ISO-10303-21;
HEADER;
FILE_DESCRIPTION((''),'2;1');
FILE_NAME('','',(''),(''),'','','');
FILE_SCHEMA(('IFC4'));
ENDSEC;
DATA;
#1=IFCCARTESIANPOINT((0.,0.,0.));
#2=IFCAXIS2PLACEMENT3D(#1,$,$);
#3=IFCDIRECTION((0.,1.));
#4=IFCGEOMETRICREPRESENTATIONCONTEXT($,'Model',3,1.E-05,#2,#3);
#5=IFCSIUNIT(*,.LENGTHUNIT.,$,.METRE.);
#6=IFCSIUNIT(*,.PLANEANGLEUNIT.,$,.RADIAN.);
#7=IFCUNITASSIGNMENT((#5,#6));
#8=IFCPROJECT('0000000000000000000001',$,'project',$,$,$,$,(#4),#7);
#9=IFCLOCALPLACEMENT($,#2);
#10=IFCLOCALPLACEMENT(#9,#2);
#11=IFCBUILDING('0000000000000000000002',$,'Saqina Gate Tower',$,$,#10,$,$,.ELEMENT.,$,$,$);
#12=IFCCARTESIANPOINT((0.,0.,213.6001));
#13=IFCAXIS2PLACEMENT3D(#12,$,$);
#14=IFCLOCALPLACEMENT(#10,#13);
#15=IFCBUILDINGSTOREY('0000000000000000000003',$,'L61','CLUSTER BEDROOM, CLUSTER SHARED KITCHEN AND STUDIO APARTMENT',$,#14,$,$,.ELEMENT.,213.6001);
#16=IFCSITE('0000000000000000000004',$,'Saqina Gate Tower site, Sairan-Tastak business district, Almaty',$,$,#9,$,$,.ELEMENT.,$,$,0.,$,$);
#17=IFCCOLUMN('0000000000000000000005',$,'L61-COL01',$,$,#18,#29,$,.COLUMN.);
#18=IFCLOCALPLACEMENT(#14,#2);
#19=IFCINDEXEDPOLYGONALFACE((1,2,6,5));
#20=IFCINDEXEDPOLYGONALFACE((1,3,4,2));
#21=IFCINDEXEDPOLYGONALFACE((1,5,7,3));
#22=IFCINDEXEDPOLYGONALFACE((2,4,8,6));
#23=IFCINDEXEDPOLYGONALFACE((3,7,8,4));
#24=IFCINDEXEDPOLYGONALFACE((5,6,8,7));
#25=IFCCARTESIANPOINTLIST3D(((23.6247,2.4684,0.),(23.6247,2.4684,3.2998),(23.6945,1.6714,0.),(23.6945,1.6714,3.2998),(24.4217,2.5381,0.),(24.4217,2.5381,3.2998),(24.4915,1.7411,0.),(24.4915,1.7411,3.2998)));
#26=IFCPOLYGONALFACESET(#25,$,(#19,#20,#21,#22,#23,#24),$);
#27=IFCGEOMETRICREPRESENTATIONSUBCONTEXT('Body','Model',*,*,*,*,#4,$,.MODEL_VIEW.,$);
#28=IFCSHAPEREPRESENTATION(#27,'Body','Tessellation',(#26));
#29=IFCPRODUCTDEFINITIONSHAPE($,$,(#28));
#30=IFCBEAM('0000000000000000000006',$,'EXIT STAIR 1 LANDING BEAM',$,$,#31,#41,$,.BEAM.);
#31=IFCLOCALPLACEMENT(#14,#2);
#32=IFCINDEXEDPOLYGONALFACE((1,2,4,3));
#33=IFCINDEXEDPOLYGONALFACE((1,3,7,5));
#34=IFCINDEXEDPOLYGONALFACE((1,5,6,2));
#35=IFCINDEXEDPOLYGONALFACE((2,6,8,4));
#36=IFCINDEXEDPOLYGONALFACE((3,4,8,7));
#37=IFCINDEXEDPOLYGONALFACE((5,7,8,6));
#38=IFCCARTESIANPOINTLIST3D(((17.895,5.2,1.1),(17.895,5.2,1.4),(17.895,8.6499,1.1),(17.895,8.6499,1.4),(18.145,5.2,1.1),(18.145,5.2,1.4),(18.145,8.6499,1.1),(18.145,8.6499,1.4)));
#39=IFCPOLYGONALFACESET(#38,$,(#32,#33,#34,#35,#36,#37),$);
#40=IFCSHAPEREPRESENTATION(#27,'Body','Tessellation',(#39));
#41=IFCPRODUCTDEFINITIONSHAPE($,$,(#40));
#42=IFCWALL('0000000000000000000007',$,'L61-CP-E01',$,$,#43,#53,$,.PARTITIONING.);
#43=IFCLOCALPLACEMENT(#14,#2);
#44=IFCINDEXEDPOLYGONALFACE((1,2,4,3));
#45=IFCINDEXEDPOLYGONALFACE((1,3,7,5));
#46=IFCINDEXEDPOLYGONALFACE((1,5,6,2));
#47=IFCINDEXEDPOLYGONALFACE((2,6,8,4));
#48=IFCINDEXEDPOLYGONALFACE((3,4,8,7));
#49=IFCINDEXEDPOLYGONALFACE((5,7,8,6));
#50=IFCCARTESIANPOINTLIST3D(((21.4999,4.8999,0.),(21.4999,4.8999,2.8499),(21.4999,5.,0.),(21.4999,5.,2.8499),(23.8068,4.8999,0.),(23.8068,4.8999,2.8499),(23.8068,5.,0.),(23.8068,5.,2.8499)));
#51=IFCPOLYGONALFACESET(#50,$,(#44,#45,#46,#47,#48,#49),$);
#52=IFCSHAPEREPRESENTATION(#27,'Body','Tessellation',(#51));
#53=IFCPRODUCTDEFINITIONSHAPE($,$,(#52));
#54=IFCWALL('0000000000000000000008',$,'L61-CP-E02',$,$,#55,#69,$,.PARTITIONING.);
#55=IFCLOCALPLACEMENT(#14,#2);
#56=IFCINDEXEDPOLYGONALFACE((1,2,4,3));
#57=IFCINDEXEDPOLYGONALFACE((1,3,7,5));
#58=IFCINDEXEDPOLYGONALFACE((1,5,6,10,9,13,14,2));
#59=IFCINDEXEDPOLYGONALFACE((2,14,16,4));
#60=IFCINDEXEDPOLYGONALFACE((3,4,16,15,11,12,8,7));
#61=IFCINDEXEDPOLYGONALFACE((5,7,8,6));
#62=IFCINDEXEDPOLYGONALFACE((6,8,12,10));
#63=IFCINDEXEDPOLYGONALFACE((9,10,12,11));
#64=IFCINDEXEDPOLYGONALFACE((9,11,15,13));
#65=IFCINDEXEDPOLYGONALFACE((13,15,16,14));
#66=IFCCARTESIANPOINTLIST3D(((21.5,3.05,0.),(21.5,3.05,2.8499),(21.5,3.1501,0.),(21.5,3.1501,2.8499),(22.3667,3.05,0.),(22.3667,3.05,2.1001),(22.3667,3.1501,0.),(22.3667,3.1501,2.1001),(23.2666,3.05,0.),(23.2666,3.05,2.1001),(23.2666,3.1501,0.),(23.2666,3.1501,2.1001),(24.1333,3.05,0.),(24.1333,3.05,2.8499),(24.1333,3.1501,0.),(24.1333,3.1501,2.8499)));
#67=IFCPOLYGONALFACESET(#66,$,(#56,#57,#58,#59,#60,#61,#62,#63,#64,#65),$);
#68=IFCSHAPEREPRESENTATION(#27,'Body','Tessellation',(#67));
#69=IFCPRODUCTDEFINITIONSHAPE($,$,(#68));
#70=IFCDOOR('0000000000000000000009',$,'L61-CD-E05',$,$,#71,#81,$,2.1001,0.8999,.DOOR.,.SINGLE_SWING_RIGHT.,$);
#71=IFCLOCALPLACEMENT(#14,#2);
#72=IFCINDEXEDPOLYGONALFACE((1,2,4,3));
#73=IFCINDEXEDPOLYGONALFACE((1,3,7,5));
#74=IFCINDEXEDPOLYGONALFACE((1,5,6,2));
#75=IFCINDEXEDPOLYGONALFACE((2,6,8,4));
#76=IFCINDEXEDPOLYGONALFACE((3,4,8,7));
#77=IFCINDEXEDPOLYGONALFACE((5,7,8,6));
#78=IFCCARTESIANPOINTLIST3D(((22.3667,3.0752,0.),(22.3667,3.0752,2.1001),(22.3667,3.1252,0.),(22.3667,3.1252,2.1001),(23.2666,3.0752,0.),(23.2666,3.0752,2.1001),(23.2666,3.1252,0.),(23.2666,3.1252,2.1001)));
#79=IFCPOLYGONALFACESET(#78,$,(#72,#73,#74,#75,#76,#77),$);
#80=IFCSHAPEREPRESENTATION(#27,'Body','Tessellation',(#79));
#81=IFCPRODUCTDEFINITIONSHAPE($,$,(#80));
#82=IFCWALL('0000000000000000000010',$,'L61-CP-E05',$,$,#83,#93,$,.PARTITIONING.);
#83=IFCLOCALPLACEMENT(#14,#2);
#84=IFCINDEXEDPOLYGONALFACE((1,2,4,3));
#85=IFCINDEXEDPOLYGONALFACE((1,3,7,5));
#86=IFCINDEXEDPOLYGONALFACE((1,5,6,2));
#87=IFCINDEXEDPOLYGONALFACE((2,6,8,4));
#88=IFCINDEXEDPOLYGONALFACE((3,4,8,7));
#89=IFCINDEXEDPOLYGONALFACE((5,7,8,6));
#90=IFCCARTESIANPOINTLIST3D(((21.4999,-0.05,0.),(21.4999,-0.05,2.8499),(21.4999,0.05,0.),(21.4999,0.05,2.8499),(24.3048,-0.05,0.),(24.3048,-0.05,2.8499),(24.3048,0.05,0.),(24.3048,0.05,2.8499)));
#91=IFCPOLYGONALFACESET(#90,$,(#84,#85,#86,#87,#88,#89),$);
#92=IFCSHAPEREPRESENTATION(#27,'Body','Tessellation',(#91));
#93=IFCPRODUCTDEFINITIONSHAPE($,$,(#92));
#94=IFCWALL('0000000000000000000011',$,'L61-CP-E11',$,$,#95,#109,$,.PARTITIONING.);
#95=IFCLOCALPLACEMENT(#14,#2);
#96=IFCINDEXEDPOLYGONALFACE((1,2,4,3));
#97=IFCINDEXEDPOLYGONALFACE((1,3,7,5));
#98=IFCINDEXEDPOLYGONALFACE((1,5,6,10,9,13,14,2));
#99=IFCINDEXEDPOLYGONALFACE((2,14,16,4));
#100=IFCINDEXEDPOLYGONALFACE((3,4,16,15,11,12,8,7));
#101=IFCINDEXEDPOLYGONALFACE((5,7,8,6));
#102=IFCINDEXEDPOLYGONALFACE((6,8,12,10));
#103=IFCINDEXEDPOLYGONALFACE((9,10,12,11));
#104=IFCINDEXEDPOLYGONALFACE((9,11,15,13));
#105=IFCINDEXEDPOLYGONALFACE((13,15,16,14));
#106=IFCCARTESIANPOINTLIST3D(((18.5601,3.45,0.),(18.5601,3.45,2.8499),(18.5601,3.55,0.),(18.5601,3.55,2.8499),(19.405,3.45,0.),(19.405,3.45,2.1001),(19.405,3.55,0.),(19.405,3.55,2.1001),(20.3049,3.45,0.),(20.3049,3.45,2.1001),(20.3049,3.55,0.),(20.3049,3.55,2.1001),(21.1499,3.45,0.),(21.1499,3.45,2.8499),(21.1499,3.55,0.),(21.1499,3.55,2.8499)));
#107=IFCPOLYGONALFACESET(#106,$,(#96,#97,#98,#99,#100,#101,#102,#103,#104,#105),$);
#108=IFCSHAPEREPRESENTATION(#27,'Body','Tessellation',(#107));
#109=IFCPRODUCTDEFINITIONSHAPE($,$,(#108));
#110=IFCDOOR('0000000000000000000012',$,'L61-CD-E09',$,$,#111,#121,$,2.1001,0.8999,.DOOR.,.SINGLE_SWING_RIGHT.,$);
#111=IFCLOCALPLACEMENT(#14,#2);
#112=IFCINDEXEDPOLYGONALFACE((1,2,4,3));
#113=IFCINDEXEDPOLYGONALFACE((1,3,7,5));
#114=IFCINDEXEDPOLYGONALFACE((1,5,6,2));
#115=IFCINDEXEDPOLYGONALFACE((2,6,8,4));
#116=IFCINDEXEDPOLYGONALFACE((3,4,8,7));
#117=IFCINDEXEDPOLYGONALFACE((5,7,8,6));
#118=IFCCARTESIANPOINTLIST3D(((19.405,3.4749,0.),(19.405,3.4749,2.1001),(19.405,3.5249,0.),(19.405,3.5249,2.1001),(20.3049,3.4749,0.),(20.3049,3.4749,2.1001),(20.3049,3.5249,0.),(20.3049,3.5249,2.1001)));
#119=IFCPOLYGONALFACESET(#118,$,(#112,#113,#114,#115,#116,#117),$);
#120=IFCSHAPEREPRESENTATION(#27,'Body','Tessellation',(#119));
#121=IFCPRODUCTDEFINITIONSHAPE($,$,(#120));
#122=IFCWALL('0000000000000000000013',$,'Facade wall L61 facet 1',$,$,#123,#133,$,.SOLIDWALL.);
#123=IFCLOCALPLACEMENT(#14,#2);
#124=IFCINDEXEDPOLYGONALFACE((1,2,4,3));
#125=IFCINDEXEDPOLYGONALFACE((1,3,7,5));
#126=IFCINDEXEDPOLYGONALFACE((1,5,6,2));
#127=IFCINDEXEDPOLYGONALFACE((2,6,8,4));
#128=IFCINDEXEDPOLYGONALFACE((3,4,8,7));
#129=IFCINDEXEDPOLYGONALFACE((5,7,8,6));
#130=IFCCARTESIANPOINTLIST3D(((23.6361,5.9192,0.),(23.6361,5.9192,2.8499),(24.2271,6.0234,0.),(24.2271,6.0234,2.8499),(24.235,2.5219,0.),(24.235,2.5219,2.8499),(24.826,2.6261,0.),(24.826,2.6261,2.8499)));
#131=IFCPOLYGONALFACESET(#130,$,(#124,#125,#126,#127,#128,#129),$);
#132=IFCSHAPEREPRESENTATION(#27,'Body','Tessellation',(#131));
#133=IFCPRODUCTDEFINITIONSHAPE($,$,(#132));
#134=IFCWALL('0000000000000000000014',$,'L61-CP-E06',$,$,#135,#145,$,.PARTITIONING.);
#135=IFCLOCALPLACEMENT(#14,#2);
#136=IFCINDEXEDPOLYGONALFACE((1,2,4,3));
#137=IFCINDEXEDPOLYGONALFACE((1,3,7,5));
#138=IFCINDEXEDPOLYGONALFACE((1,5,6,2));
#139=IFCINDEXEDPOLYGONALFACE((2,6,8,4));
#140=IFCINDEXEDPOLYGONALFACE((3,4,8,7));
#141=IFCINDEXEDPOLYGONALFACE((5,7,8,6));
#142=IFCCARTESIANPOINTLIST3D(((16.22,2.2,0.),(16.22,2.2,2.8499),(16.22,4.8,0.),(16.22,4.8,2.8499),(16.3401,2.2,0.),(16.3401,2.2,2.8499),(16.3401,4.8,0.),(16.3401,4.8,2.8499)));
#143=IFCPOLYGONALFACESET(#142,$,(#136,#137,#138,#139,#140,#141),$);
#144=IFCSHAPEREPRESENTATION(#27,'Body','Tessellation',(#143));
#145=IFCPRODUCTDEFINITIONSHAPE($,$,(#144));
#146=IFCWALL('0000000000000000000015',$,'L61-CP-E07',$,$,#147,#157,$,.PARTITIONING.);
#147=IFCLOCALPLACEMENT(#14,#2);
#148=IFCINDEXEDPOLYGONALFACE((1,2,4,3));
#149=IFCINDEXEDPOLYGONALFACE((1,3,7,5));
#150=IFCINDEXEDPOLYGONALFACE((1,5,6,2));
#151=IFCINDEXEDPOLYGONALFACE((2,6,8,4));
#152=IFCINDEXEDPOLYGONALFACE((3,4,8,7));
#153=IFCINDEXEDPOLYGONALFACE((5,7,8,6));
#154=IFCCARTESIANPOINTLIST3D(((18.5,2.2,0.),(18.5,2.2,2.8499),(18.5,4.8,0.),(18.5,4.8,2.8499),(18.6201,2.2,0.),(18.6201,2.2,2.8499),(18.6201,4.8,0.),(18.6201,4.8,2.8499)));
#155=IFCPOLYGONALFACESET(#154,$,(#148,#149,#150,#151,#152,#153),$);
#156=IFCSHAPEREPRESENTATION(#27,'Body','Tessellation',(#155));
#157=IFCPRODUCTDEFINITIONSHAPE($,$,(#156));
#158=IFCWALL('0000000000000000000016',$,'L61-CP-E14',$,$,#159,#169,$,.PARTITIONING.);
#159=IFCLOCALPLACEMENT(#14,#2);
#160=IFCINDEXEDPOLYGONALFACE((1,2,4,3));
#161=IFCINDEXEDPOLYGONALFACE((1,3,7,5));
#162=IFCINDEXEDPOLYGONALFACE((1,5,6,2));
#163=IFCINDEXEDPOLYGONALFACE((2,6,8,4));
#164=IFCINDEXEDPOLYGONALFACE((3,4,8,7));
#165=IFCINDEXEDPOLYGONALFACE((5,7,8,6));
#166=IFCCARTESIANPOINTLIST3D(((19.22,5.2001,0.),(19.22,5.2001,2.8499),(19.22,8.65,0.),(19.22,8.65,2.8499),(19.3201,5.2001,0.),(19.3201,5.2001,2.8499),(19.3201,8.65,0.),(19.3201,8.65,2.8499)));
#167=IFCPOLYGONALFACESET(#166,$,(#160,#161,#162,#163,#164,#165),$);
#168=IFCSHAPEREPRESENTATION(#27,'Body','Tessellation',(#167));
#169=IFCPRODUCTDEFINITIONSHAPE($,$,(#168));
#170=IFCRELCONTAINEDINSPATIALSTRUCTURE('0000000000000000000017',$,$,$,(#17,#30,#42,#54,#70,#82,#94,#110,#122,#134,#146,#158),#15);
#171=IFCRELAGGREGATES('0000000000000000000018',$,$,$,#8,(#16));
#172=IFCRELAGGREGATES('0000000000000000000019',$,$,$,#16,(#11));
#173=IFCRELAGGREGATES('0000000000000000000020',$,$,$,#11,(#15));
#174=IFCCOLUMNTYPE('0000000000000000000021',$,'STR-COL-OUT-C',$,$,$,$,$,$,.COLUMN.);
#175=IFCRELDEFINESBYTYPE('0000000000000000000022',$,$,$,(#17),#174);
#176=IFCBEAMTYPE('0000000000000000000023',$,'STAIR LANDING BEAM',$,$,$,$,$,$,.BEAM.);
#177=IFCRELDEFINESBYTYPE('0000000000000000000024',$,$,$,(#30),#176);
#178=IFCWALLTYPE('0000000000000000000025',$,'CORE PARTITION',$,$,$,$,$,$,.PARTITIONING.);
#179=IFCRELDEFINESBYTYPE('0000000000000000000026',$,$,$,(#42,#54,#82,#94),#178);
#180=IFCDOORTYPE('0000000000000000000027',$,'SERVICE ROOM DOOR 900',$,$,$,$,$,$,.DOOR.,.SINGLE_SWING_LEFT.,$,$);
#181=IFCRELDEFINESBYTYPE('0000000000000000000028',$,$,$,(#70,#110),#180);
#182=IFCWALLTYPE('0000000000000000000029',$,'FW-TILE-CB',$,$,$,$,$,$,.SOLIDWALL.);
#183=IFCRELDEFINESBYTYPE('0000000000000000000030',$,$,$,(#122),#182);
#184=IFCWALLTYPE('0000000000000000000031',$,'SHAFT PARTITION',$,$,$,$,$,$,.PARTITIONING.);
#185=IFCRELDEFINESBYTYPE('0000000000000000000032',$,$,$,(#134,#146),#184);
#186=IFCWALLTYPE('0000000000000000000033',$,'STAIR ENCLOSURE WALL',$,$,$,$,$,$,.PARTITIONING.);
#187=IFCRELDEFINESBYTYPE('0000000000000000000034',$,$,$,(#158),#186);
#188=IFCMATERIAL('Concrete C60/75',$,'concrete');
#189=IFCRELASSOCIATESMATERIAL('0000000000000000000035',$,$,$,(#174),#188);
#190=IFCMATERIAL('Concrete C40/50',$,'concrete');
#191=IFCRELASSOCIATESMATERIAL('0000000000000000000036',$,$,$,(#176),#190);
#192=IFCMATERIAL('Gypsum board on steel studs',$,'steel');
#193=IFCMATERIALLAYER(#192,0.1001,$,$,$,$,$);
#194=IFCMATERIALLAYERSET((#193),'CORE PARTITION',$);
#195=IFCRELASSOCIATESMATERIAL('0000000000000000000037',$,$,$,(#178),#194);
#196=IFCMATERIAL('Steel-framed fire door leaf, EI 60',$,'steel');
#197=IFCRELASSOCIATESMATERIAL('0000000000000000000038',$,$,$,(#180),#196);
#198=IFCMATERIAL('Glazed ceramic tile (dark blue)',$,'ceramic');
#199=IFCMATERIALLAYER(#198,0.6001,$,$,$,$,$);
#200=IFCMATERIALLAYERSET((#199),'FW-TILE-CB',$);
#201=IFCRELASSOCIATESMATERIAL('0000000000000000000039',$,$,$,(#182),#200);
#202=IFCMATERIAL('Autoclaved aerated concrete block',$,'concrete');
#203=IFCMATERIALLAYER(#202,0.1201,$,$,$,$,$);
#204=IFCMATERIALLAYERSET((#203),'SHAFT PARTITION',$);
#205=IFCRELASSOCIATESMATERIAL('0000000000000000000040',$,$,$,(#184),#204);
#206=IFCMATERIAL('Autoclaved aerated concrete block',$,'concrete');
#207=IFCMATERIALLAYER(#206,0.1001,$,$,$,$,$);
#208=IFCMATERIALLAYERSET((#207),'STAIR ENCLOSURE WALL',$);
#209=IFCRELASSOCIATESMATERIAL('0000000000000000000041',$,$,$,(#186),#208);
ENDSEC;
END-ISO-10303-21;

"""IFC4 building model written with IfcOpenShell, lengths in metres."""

from ifc_helpers import new_model, si_unit, direction, frame, frame_2d, origin, origin_2d, place, context, subcontext, project, spatial, rectangle, extrude, material, layer, layer_set, material_profile, profile_set, type_object, element, fill, save


model = new_model("IFC4")

# Units and contexts
model_context = context("Model", 3, precision=1e-05, world=origin(), true_north=direction((0.0, 1.0)))
body_context = subcontext(model_context, "Body", "Model", "MODEL_VIEW")
ifc_project = project(units=[si_unit("LENGTHUNIT", "METRE"), si_unit("PLANEANGLEUNIT", "RADIAN")], contexts=[model_context])

# Site, building, storey
site_placement = place(None, origin())
site = spatial("IfcSite", under=ifc_project, at=site_placement, Name="Saqina Gate Tower site, Sairan-Tastak business district, Almaty", CompositionType="ELEMENT", RefElevation=0.0)
building_placement = place(site_placement, origin())
building = spatial("IfcBuilding", under=site, at=building_placement, Name="Saqina Gate Tower", CompositionType="ELEMENT")
storey_placement = place(building_placement, frame((0.0, 0.0, 213.6001)))
storey = spatial("IfcBuildingStorey", under=building, at=storey_placement, Name="L61", Description="CLUSTER BEDROOM, CLUSTER SHARED KITCHEN AND STUDIO APARTMENT", CompositionType="ELEMENT", Elevation=213.6001)

# Column
ifc_material_1 = material(Name="Concrete C60/75", Category="concrete")
ifc_material_profile_1 = material_profile(ifc_material_1, rectangle(XDim=0.8, YDim=0.8, at=origin_2d()), Name="RC 800x800")
ifc_profile_set_1 = profile_set([ifc_material_profile_1], Name="Concrete C60/75")
column_type = type_object("IfcColumnType", Name="STR-COL-OUT-C", PredefinedType="COLUMN", material=ifc_profile_set_1)
column_placement = place(storey_placement, frame((24.0581, 2.1047, 0.0), z_axis=(0.0, 0.0, 1.0), x_axis=(0.996195, 0.087156, 0.0)))
element("IfcColumn", 1, at=column_placement, inside=storey, type_object=column_type, Name="L61-COL01", PredefinedType="COLUMN", context=body_context, shape_type="SweptSolid", body=[
    extrude(rectangle(XDim=0.8, YDim=0.8, at=origin_2d()), origin(), (0.0, 0.0, 1.0), 3.2998),
])

# Beam
ifc_material_2 = material(Name="Concrete C40/50", Category="concrete")
ifc_material_profile_2 = material_profile(ifc_material_2, rectangle(XDim=0.25, YDim=0.3, at=origin_2d()), Name="STAIR LANDING BEAM")
ifc_profile_set_2 = profile_set([ifc_material_profile_2], Name="Concrete C40/50")
beam_type = type_object("IfcBeamType", Name="STAIR LANDING BEAM", PredefinedType="BEAM", material=ifc_profile_set_2)
beam_placement = place(storey_placement, frame((18.02, 5.2, 1.25), z_axis=(0.0, 1.0, 0.0), x_axis=(-1.0, 0.0, 0.0)))
element("IfcBeam", 2, at=beam_placement, inside=storey, type_object=beam_type, Name="EXIT STAIR 1 LANDING BEAM", PredefinedType="BEAM", context=body_context, shape_type="SweptSolid", body=[
    extrude(rectangle(XDim=0.25, YDim=0.3, at=origin_2d()), origin(), (0.0, 0.0, 1.0), 3.45),
])

# Wall
ifc_material_3 = material(Name="Gypsum board on steel studs", Category="steel")
ifc_layer_1 = layer(ifc_material_3, 0.1001)
ifc_layer_set_1 = layer_set([ifc_layer_1], Name="CORE PARTITION")
wall_type_1 = type_object("IfcWallType", Name="CORE PARTITION", PredefinedType="PARTITIONING", material=ifc_layer_set_1)
wall_1_placement = place(storey_placement, frame((21.5, 4.95, 0.0), z_axis=(0.0, 0.0, 1.0), x_axis=(1.0, 0.0, 0.0)))
element("IfcWall", 3, at=wall_1_placement, inside=storey, type_object=wall_type_1, Name="L61-CP-E01", PredefinedType="PARTITIONING", context=body_context, shape_type="SweptSolid", body=[
    extrude(rectangle(XDim=2.3069, YDim=0.1001, at=frame_2d((1.1533, 0.0))), origin(), (0.0, 0.0, 1.0), 2.8499),
])

# Wall, opening, door
wall_2_placement = place(storey_placement, frame((21.5, 3.1001, 0.0), z_axis=(0.0, 0.0, 1.0), x_axis=(1.0, 0.0, 0.0)))
wall_2 = element("IfcWall", 4, at=wall_2_placement, inside=storey, type_object=wall_type_1, Name="L61-CP-E02", PredefinedType="PARTITIONING", context=body_context, shape_type="SweptSolid", body=[
    extrude(rectangle(XDim=2.6333, YDim=0.1001, at=frame_2d((1.3167, 0.0))), origin(), (0.0, 0.0, 1.0), 2.8499),
])
opening_1_placement = place(wall_2_placement, frame((0.8667, 0.0, 0.0)))
opening_1 = element("IfcOpeningElement", 5, at=opening_1_placement, cuts=wall_2, PredefinedType="OPENING", context=body_context, shape_type="SweptSolid", body=[
    extrude(rectangle(XDim=0.8999, YDim=2.1001, at=frame_2d((0.45, 1.05))), frame((0.0, 0.062, 0.0), z_axis=(0.0, -1.0, 0.0), x_axis=(1.0, 0.0, 0.0)), (0.0, 0.0, 1.0), 0.124),
])
ifc_material_4 = material(Name="Steel-framed fire door leaf, EI 60", Category="steel")
door_type_1 = type_object("IfcDoorType", Name="SERVICE ROOM DOOR 900", OperationType="SINGLE_SWING_LEFT", PredefinedType="DOOR", material=ifc_material_4)
door_1_placement = place(opening_1_placement, frame((0.8999, 0.0, 0.0), z_axis=(0.0, 0.0, 1.0), x_axis=(-1.0, 0.0, 0.0)))
door_1 = element("IfcDoor", 6, at=door_1_placement, inside=storey, type_object=door_type_1, Name="L61-CD-E05", OperationType="SINGLE_SWING_RIGHT", OverallHeight=2.1001, OverallWidth=0.8999, PredefinedType="DOOR", context=body_context, shape_type="SweptSolid", body=[
    extrude(rectangle(XDim=0.8999, YDim=2.1001, at=frame_2d((0.45, 1.05))), frame((0.0, 0.0249, 0.0), z_axis=(0.0, -1.0, 0.0), x_axis=(1.0, 0.0, 0.0)), (0.0, 0.0, 1.0), 0.05),
])
fill(opening_1, door_1)

# Wall
wall_3_placement = place(storey_placement, frame((21.5, 0.0, 0.0), z_axis=(0.0, 0.0, 1.0), x_axis=(1.0, 0.0, 0.0)))
element("IfcWall", 7, at=wall_3_placement, inside=storey, type_object=wall_type_1, Name="L61-CP-E05", PredefinedType="PARTITIONING", context=body_context, shape_type="SweptSolid", body=[
    extrude(rectangle(XDim=2.8049, YDim=0.1001, at=frame_2d((1.4023, 0.0))), origin(), (0.0, 0.0, 1.0), 2.8499),
])

# Wall, opening, door
wall_4_placement = place(storey_placement, frame((18.5601, 3.5, 0.0), z_axis=(0.0, 0.0, 1.0), x_axis=(1.0, 0.0, 0.0)))
wall_4 = element("IfcWall", 8, at=wall_4_placement, inside=storey, type_object=wall_type_1, Name="L61-CP-E11", PredefinedType="PARTITIONING", context=body_context, shape_type="SweptSolid", body=[
    extrude(rectangle(XDim=2.5898, YDim=0.1001, at=frame_2d((1.2949, 0.0))), origin(), (0.0, 0.0, 1.0), 2.8499),
])
opening_2_placement = place(wall_4_placement, frame((0.845, 0.0, 0.0)))
opening_2 = element("IfcOpeningElement", 9, at=opening_2_placement, cuts=wall_4, PredefinedType="OPENING", context=body_context, shape_type="SweptSolid", body=[
    extrude(rectangle(XDim=0.8999, YDim=2.1001, at=frame_2d((0.45, 1.05))), frame((0.0, 0.062, 0.0), z_axis=(0.0, -1.0, 0.0), x_axis=(1.0, 0.0, 0.0)), (0.0, 0.0, 1.0), 0.124),
])
door_2_placement = place(opening_2_placement, origin())
door_2 = element("IfcDoor", 10, at=door_2_placement, inside=storey, type_object=door_type_1, Name="L61-CD-E09", OperationType="SINGLE_SWING_RIGHT", OverallHeight=2.1001, OverallWidth=0.8999, PredefinedType="DOOR", context=body_context, shape_type="SweptSolid", body=[
    extrude(rectangle(XDim=0.8999, YDim=2.1001, at=frame_2d((0.45, 1.05))), frame((0.0, 0.0249, 0.0), z_axis=(0.0, -1.0, 0.0), x_axis=(1.0, 0.0, 0.0)), (0.0, 0.0, 1.0), 0.05),
])
fill(opening_2, door_2)

# Walls
ifc_material_5 = material(Name="Glazed ceramic tile (dark blue)", Category="ceramic")
ifc_layer_2 = layer(ifc_material_5, 0.6001)
ifc_layer_set_2 = layer_set([ifc_layer_2], Name="FW-TILE-CB")
wall_type_2 = type_object("IfcWallType", Name="FW-TILE-CB", PredefinedType="SOLIDWALL", material=ifc_layer_set_2)
wall_5_placement = place(storey_placement, frame((24.5305, 2.574, 0.0), z_axis=(0.0, 0.0, 1.0), x_axis=(-0.173608, 0.984815, 0.0)))
element("IfcWall", 11, at=wall_5_placement, inside=storey, type_object=wall_type_2, Name="Facade wall L61 facet 1", PredefinedType="SOLIDWALL", context=body_context, shape_type="SweptSolid", body=[
    extrude(rectangle(XDim=3.4497, YDim=0.6001, at=frame_2d((1.7249, 0.0))), origin(), (0.0, 0.0, 1.0), 2.8499),
])
ifc_material_6 = material(Name="Autoclaved aerated concrete block", Category="concrete")
ifc_layer_3 = layer(ifc_material_6, 0.1201)
ifc_layer_set_3 = layer_set([ifc_layer_3], Name="SHAFT PARTITION")
wall_type_3 = type_object("IfcWallType", Name="SHAFT PARTITION", PredefinedType="PARTITIONING", material=ifc_layer_set_3)
for number, where, z_axis, x_axis, name in (
    (12, (16.28, 2.2, 0.0), (0.0, 0.0, 1.0), (0.0, 1.0, 0.0), "L61-CP-E06"),
    (13, (18.5601, 2.2, 0.0), (0.0, 0.0, 1.0), (0.0, 1.0, 0.0), "L61-CP-E07"),
):
    element("IfcWall", number, at=place(storey_placement, frame(where, z_axis=z_axis, x_axis=x_axis)), inside=storey, type_object=wall_type_3, Name=name, PredefinedType="PARTITIONING", context=body_context, shape_type="SweptSolid", body=[
        extrude(rectangle(XDim=2.6001, YDim=0.1201, at=frame_2d((1.3, 0.0))), origin(), (0.0, 0.0, 1.0), 2.8499),
    ])
ifc_material_7 = material(Name="Autoclaved aerated concrete block", Category="concrete")
ifc_layer_4 = layer(ifc_material_7, 0.1001)
ifc_layer_set_4 = layer_set([ifc_layer_4], Name="STAIR ENCLOSURE WALL")
wall_type_4 = type_object("IfcWallType", Name="STAIR ENCLOSURE WALL", PredefinedType="PARTITIONING", material=ifc_layer_set_4)
wall_6_placement = place(storey_placement, frame((19.27, 5.2, 0.0), z_axis=(0.0, 0.0, 1.0), x_axis=(0.0, 1.0, 0.0)))
element("IfcWall", 14, at=wall_6_placement, inside=storey, type_object=wall_type_4, Name="L61-CP-E14", PredefinedType="PARTITIONING", context=body_context, shape_type="SweptSolid", body=[
    extrude(rectangle(XDim=3.45, YDim=0.1001, at=frame_2d((1.7251, 0.0))), origin(), (0.0, 0.0, 1.0), 2.8499),
])

save(model, "model.ifc")
